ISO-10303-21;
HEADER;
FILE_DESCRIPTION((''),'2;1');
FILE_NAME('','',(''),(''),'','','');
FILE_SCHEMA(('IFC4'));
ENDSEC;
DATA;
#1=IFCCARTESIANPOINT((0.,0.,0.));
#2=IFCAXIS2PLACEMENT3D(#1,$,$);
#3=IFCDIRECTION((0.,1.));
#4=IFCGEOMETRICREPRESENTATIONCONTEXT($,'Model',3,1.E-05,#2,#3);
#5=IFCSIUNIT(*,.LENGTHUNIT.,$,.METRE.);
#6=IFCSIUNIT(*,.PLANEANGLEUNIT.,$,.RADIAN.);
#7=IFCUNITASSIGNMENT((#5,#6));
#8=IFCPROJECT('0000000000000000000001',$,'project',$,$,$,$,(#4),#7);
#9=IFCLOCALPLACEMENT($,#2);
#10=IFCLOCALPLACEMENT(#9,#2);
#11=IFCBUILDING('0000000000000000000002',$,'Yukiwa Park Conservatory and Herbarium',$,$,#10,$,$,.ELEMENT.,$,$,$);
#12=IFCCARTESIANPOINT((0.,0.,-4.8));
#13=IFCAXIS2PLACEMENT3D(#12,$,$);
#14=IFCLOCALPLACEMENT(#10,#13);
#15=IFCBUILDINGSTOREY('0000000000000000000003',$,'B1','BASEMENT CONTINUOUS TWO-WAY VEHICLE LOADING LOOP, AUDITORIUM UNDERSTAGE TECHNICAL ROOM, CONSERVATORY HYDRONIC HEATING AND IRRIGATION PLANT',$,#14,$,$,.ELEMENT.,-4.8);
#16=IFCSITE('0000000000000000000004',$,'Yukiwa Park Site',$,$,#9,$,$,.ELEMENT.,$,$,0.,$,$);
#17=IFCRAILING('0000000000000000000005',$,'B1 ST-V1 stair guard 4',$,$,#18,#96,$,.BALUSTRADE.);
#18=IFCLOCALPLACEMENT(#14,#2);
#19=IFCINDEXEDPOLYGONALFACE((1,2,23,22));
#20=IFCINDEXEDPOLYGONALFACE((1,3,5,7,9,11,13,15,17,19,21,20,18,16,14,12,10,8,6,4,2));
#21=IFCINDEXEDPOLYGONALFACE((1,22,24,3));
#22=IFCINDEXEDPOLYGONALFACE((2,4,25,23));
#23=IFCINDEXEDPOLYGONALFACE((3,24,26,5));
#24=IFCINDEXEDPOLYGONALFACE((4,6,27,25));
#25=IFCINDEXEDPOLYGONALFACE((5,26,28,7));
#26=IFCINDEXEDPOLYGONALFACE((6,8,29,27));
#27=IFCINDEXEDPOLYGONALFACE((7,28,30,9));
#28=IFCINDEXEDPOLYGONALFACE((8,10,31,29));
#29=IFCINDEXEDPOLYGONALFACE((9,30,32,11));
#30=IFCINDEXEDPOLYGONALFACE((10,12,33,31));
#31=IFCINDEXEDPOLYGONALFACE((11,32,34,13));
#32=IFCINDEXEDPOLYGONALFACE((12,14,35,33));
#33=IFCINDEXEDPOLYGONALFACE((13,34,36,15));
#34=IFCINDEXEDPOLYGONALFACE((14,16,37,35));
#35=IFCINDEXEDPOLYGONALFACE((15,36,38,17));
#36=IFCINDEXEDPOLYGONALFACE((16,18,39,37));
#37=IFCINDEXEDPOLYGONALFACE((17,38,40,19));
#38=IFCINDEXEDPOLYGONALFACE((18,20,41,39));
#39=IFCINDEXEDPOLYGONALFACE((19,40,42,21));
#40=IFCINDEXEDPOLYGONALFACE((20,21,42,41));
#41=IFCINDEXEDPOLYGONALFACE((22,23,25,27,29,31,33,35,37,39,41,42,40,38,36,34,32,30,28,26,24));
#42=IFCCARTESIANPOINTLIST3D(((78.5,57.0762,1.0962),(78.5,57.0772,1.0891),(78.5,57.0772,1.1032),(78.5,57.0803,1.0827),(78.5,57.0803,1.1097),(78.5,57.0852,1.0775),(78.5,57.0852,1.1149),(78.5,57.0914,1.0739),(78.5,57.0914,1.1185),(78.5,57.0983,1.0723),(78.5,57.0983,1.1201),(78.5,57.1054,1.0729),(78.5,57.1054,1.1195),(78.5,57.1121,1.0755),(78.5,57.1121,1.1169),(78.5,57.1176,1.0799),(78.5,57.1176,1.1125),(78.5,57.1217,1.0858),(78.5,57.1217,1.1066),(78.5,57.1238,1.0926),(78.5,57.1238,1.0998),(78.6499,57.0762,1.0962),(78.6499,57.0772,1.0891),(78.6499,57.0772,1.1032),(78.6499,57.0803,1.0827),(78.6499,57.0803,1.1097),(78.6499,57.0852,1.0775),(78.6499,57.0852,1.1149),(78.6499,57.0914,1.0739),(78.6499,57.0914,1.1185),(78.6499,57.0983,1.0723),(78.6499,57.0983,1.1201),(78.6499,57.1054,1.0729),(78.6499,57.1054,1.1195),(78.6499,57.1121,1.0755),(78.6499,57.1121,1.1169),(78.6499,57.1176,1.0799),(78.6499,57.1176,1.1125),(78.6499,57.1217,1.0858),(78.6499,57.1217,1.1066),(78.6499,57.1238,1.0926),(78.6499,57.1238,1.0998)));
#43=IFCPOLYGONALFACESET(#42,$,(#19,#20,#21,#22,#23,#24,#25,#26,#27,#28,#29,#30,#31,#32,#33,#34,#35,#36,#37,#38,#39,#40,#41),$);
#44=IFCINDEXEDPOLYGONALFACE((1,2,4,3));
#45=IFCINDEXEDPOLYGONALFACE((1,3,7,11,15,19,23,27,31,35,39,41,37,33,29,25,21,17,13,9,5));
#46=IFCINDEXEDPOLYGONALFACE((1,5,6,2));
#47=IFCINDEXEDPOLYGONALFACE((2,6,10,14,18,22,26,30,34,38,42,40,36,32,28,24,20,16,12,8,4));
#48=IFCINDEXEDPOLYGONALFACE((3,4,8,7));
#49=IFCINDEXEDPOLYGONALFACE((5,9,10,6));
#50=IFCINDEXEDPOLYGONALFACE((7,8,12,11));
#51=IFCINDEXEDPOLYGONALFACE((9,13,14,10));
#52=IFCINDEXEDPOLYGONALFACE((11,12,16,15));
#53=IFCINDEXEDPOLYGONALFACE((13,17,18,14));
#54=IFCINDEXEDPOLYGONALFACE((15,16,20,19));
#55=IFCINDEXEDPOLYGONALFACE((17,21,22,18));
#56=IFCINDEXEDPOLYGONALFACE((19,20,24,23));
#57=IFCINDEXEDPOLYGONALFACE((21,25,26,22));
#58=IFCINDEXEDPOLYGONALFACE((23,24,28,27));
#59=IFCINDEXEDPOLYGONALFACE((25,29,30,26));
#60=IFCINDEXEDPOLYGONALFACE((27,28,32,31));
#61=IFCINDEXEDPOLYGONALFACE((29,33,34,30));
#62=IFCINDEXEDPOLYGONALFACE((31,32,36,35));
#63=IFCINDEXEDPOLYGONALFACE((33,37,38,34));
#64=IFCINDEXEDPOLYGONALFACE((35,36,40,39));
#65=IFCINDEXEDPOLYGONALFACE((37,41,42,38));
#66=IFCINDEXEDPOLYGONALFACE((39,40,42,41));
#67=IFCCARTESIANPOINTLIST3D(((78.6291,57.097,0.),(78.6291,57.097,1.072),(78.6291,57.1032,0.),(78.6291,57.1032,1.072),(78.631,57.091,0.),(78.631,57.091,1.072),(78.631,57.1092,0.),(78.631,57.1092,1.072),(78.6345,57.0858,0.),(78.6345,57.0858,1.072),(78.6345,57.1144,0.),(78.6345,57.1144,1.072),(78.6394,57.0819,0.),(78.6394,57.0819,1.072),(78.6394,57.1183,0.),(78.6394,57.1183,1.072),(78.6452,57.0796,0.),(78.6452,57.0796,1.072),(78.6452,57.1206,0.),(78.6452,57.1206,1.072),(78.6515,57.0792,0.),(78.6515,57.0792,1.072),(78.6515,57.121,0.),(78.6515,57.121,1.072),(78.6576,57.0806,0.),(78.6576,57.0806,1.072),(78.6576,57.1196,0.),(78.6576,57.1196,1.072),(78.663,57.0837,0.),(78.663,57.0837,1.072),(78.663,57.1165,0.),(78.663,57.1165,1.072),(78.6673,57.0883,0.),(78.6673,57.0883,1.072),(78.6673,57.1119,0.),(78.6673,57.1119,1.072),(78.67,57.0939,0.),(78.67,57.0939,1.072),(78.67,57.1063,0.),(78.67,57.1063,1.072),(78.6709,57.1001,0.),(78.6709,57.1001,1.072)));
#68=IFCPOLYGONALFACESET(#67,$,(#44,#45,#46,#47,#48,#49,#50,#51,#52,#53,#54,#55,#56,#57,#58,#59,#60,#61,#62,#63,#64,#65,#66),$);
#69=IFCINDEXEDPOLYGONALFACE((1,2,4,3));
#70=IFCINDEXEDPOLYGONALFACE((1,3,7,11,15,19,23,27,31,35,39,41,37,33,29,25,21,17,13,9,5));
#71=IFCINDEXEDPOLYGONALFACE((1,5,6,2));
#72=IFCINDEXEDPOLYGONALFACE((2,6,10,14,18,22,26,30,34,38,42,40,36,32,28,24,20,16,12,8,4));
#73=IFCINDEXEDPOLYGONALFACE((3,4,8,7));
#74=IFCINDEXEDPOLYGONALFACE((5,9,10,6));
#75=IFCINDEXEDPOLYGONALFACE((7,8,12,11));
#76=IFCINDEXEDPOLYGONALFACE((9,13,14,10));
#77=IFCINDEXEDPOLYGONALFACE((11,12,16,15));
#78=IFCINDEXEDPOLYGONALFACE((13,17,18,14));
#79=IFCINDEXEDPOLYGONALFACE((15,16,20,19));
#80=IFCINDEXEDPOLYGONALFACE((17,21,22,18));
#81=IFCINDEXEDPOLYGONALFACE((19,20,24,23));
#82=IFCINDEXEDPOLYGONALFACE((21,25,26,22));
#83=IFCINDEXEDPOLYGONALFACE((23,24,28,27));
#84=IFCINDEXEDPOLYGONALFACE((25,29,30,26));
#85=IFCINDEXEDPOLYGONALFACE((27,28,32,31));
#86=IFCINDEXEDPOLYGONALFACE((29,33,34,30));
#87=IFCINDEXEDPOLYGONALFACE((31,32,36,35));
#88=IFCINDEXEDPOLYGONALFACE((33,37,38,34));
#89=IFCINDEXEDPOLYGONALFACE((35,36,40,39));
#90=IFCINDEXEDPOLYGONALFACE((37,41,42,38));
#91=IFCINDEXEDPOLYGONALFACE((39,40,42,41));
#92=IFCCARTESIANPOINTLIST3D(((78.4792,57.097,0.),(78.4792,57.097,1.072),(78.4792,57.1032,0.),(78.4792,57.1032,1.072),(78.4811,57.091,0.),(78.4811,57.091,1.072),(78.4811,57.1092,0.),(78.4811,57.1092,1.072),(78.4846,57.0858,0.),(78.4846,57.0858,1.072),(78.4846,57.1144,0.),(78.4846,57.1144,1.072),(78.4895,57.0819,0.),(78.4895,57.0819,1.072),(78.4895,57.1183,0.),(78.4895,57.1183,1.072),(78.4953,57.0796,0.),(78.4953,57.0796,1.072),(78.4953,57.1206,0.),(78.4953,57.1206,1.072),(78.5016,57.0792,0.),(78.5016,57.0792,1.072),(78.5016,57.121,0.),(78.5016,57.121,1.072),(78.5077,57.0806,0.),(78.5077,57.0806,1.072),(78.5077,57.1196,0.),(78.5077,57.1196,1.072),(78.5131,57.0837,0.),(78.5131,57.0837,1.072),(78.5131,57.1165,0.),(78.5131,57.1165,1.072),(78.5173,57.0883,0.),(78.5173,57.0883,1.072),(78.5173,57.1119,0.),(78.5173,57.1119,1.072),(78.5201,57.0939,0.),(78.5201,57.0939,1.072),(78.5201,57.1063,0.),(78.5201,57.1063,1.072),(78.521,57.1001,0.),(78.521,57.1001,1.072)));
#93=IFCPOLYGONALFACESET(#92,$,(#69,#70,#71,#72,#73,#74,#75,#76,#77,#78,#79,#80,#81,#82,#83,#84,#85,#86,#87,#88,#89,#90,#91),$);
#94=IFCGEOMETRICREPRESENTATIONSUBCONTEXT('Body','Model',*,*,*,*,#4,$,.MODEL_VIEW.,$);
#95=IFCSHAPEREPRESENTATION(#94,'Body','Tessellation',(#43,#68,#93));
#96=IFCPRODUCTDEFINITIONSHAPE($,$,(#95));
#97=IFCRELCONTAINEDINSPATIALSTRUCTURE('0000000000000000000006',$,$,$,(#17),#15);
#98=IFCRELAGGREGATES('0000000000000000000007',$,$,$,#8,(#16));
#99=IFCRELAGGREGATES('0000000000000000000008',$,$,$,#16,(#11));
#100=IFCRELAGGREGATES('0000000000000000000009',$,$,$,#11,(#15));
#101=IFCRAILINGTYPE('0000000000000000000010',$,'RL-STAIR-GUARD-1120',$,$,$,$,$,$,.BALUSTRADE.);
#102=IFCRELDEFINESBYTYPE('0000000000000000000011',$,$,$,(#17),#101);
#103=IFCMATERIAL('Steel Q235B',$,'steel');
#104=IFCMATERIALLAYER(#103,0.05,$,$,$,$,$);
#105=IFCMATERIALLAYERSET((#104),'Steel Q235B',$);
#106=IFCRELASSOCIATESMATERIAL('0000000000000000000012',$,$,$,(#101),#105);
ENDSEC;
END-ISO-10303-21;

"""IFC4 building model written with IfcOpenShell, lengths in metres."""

from ifc_helpers import new_model, si_unit, direction, frame, origin, origin_2d, place, context, subcontext, project, spatial, circle, extrude, material, layer, layer_set, type_object, element, save


model = new_model("IFC4")

# Units and contexts
model_context = context("Model", 3, precision=1e-05, world=origin(), true_north=direction((0.0, 1.0)))
body_context = subcontext(model_context, "Body", "Model", "MODEL_VIEW")
ifc_project = project(units=[si_unit("LENGTHUNIT", "METRE"), si_unit("PLANEANGLEUNIT", "RADIAN")], contexts=[model_context])

# Site, building, storey
site_placement = place(None, origin())
site = spatial("IfcSite", under=ifc_project, at=site_placement, Name="Yukiwa Park Site", CompositionType="ELEMENT", RefElevation=0.0)
building_placement = place(site_placement, origin())
building = spatial("IfcBuilding", under=site, at=building_placement, Name="Yukiwa Park Conservatory and Herbarium", CompositionType="ELEMENT")
storey_placement = place(building_placement, frame((0.0, 0.0, -4.8)))
storey = spatial("IfcBuildingStorey", under=building, at=storey_placement, Name="B1", Description="BASEMENT CONTINUOUS TWO-WAY VEHICLE LOADING LOOP, AUDITORIUM UNDERSTAGE TECHNICAL ROOM, CONSERVATORY HYDRONIC HEATING AND IRRIGATION PLANT", CompositionType="ELEMENT", Elevation=-4.8)

# Railing
ifc_material_1 = material(Name="Steel Q235B", Category="steel")
ifc_layer_1 = layer(ifc_material_1, 0.05)
ifc_layer_set_1 = layer_set([ifc_layer_1], Name="Steel Q235B")
railing_type_1 = type_object("IfcRailingType", Name="RL-STAIR-GUARD-1120", PredefinedType="BALUSTRADE", material=ifc_layer_set_1)
railing_1_placement = place(storey_placement, frame((78.6499, 57.1001, 0.0)))
element("IfcRailing", 1, at=railing_1_placement, inside=storey, type_object=railing_type_1, Name="B1 ST-V1 stair guard 4", PredefinedType="BALUSTRADE", context=body_context, shape_type="SweptSolid", body=[
    extrude(circle(Radius=0.0239, at=origin_2d()), frame((0.0, 0.0, 1.0962), z_axis=(-1.0, 0.0, 0.0), x_axis=(0.0, -1.0, 0.0)), (0.0, 0.0, 1.0), 0.1499),
    extrude(circle(Radius=0.021, at=origin_2d()), origin(), (0.0, 0.0, 1.0), 1.072),
    extrude(circle(Radius=0.021, at=origin_2d()), frame((-0.1499, 0.0, 0.0)), (0.0, 0.0, 1.0), 1.072),
])

save(model, "model.ifc")
